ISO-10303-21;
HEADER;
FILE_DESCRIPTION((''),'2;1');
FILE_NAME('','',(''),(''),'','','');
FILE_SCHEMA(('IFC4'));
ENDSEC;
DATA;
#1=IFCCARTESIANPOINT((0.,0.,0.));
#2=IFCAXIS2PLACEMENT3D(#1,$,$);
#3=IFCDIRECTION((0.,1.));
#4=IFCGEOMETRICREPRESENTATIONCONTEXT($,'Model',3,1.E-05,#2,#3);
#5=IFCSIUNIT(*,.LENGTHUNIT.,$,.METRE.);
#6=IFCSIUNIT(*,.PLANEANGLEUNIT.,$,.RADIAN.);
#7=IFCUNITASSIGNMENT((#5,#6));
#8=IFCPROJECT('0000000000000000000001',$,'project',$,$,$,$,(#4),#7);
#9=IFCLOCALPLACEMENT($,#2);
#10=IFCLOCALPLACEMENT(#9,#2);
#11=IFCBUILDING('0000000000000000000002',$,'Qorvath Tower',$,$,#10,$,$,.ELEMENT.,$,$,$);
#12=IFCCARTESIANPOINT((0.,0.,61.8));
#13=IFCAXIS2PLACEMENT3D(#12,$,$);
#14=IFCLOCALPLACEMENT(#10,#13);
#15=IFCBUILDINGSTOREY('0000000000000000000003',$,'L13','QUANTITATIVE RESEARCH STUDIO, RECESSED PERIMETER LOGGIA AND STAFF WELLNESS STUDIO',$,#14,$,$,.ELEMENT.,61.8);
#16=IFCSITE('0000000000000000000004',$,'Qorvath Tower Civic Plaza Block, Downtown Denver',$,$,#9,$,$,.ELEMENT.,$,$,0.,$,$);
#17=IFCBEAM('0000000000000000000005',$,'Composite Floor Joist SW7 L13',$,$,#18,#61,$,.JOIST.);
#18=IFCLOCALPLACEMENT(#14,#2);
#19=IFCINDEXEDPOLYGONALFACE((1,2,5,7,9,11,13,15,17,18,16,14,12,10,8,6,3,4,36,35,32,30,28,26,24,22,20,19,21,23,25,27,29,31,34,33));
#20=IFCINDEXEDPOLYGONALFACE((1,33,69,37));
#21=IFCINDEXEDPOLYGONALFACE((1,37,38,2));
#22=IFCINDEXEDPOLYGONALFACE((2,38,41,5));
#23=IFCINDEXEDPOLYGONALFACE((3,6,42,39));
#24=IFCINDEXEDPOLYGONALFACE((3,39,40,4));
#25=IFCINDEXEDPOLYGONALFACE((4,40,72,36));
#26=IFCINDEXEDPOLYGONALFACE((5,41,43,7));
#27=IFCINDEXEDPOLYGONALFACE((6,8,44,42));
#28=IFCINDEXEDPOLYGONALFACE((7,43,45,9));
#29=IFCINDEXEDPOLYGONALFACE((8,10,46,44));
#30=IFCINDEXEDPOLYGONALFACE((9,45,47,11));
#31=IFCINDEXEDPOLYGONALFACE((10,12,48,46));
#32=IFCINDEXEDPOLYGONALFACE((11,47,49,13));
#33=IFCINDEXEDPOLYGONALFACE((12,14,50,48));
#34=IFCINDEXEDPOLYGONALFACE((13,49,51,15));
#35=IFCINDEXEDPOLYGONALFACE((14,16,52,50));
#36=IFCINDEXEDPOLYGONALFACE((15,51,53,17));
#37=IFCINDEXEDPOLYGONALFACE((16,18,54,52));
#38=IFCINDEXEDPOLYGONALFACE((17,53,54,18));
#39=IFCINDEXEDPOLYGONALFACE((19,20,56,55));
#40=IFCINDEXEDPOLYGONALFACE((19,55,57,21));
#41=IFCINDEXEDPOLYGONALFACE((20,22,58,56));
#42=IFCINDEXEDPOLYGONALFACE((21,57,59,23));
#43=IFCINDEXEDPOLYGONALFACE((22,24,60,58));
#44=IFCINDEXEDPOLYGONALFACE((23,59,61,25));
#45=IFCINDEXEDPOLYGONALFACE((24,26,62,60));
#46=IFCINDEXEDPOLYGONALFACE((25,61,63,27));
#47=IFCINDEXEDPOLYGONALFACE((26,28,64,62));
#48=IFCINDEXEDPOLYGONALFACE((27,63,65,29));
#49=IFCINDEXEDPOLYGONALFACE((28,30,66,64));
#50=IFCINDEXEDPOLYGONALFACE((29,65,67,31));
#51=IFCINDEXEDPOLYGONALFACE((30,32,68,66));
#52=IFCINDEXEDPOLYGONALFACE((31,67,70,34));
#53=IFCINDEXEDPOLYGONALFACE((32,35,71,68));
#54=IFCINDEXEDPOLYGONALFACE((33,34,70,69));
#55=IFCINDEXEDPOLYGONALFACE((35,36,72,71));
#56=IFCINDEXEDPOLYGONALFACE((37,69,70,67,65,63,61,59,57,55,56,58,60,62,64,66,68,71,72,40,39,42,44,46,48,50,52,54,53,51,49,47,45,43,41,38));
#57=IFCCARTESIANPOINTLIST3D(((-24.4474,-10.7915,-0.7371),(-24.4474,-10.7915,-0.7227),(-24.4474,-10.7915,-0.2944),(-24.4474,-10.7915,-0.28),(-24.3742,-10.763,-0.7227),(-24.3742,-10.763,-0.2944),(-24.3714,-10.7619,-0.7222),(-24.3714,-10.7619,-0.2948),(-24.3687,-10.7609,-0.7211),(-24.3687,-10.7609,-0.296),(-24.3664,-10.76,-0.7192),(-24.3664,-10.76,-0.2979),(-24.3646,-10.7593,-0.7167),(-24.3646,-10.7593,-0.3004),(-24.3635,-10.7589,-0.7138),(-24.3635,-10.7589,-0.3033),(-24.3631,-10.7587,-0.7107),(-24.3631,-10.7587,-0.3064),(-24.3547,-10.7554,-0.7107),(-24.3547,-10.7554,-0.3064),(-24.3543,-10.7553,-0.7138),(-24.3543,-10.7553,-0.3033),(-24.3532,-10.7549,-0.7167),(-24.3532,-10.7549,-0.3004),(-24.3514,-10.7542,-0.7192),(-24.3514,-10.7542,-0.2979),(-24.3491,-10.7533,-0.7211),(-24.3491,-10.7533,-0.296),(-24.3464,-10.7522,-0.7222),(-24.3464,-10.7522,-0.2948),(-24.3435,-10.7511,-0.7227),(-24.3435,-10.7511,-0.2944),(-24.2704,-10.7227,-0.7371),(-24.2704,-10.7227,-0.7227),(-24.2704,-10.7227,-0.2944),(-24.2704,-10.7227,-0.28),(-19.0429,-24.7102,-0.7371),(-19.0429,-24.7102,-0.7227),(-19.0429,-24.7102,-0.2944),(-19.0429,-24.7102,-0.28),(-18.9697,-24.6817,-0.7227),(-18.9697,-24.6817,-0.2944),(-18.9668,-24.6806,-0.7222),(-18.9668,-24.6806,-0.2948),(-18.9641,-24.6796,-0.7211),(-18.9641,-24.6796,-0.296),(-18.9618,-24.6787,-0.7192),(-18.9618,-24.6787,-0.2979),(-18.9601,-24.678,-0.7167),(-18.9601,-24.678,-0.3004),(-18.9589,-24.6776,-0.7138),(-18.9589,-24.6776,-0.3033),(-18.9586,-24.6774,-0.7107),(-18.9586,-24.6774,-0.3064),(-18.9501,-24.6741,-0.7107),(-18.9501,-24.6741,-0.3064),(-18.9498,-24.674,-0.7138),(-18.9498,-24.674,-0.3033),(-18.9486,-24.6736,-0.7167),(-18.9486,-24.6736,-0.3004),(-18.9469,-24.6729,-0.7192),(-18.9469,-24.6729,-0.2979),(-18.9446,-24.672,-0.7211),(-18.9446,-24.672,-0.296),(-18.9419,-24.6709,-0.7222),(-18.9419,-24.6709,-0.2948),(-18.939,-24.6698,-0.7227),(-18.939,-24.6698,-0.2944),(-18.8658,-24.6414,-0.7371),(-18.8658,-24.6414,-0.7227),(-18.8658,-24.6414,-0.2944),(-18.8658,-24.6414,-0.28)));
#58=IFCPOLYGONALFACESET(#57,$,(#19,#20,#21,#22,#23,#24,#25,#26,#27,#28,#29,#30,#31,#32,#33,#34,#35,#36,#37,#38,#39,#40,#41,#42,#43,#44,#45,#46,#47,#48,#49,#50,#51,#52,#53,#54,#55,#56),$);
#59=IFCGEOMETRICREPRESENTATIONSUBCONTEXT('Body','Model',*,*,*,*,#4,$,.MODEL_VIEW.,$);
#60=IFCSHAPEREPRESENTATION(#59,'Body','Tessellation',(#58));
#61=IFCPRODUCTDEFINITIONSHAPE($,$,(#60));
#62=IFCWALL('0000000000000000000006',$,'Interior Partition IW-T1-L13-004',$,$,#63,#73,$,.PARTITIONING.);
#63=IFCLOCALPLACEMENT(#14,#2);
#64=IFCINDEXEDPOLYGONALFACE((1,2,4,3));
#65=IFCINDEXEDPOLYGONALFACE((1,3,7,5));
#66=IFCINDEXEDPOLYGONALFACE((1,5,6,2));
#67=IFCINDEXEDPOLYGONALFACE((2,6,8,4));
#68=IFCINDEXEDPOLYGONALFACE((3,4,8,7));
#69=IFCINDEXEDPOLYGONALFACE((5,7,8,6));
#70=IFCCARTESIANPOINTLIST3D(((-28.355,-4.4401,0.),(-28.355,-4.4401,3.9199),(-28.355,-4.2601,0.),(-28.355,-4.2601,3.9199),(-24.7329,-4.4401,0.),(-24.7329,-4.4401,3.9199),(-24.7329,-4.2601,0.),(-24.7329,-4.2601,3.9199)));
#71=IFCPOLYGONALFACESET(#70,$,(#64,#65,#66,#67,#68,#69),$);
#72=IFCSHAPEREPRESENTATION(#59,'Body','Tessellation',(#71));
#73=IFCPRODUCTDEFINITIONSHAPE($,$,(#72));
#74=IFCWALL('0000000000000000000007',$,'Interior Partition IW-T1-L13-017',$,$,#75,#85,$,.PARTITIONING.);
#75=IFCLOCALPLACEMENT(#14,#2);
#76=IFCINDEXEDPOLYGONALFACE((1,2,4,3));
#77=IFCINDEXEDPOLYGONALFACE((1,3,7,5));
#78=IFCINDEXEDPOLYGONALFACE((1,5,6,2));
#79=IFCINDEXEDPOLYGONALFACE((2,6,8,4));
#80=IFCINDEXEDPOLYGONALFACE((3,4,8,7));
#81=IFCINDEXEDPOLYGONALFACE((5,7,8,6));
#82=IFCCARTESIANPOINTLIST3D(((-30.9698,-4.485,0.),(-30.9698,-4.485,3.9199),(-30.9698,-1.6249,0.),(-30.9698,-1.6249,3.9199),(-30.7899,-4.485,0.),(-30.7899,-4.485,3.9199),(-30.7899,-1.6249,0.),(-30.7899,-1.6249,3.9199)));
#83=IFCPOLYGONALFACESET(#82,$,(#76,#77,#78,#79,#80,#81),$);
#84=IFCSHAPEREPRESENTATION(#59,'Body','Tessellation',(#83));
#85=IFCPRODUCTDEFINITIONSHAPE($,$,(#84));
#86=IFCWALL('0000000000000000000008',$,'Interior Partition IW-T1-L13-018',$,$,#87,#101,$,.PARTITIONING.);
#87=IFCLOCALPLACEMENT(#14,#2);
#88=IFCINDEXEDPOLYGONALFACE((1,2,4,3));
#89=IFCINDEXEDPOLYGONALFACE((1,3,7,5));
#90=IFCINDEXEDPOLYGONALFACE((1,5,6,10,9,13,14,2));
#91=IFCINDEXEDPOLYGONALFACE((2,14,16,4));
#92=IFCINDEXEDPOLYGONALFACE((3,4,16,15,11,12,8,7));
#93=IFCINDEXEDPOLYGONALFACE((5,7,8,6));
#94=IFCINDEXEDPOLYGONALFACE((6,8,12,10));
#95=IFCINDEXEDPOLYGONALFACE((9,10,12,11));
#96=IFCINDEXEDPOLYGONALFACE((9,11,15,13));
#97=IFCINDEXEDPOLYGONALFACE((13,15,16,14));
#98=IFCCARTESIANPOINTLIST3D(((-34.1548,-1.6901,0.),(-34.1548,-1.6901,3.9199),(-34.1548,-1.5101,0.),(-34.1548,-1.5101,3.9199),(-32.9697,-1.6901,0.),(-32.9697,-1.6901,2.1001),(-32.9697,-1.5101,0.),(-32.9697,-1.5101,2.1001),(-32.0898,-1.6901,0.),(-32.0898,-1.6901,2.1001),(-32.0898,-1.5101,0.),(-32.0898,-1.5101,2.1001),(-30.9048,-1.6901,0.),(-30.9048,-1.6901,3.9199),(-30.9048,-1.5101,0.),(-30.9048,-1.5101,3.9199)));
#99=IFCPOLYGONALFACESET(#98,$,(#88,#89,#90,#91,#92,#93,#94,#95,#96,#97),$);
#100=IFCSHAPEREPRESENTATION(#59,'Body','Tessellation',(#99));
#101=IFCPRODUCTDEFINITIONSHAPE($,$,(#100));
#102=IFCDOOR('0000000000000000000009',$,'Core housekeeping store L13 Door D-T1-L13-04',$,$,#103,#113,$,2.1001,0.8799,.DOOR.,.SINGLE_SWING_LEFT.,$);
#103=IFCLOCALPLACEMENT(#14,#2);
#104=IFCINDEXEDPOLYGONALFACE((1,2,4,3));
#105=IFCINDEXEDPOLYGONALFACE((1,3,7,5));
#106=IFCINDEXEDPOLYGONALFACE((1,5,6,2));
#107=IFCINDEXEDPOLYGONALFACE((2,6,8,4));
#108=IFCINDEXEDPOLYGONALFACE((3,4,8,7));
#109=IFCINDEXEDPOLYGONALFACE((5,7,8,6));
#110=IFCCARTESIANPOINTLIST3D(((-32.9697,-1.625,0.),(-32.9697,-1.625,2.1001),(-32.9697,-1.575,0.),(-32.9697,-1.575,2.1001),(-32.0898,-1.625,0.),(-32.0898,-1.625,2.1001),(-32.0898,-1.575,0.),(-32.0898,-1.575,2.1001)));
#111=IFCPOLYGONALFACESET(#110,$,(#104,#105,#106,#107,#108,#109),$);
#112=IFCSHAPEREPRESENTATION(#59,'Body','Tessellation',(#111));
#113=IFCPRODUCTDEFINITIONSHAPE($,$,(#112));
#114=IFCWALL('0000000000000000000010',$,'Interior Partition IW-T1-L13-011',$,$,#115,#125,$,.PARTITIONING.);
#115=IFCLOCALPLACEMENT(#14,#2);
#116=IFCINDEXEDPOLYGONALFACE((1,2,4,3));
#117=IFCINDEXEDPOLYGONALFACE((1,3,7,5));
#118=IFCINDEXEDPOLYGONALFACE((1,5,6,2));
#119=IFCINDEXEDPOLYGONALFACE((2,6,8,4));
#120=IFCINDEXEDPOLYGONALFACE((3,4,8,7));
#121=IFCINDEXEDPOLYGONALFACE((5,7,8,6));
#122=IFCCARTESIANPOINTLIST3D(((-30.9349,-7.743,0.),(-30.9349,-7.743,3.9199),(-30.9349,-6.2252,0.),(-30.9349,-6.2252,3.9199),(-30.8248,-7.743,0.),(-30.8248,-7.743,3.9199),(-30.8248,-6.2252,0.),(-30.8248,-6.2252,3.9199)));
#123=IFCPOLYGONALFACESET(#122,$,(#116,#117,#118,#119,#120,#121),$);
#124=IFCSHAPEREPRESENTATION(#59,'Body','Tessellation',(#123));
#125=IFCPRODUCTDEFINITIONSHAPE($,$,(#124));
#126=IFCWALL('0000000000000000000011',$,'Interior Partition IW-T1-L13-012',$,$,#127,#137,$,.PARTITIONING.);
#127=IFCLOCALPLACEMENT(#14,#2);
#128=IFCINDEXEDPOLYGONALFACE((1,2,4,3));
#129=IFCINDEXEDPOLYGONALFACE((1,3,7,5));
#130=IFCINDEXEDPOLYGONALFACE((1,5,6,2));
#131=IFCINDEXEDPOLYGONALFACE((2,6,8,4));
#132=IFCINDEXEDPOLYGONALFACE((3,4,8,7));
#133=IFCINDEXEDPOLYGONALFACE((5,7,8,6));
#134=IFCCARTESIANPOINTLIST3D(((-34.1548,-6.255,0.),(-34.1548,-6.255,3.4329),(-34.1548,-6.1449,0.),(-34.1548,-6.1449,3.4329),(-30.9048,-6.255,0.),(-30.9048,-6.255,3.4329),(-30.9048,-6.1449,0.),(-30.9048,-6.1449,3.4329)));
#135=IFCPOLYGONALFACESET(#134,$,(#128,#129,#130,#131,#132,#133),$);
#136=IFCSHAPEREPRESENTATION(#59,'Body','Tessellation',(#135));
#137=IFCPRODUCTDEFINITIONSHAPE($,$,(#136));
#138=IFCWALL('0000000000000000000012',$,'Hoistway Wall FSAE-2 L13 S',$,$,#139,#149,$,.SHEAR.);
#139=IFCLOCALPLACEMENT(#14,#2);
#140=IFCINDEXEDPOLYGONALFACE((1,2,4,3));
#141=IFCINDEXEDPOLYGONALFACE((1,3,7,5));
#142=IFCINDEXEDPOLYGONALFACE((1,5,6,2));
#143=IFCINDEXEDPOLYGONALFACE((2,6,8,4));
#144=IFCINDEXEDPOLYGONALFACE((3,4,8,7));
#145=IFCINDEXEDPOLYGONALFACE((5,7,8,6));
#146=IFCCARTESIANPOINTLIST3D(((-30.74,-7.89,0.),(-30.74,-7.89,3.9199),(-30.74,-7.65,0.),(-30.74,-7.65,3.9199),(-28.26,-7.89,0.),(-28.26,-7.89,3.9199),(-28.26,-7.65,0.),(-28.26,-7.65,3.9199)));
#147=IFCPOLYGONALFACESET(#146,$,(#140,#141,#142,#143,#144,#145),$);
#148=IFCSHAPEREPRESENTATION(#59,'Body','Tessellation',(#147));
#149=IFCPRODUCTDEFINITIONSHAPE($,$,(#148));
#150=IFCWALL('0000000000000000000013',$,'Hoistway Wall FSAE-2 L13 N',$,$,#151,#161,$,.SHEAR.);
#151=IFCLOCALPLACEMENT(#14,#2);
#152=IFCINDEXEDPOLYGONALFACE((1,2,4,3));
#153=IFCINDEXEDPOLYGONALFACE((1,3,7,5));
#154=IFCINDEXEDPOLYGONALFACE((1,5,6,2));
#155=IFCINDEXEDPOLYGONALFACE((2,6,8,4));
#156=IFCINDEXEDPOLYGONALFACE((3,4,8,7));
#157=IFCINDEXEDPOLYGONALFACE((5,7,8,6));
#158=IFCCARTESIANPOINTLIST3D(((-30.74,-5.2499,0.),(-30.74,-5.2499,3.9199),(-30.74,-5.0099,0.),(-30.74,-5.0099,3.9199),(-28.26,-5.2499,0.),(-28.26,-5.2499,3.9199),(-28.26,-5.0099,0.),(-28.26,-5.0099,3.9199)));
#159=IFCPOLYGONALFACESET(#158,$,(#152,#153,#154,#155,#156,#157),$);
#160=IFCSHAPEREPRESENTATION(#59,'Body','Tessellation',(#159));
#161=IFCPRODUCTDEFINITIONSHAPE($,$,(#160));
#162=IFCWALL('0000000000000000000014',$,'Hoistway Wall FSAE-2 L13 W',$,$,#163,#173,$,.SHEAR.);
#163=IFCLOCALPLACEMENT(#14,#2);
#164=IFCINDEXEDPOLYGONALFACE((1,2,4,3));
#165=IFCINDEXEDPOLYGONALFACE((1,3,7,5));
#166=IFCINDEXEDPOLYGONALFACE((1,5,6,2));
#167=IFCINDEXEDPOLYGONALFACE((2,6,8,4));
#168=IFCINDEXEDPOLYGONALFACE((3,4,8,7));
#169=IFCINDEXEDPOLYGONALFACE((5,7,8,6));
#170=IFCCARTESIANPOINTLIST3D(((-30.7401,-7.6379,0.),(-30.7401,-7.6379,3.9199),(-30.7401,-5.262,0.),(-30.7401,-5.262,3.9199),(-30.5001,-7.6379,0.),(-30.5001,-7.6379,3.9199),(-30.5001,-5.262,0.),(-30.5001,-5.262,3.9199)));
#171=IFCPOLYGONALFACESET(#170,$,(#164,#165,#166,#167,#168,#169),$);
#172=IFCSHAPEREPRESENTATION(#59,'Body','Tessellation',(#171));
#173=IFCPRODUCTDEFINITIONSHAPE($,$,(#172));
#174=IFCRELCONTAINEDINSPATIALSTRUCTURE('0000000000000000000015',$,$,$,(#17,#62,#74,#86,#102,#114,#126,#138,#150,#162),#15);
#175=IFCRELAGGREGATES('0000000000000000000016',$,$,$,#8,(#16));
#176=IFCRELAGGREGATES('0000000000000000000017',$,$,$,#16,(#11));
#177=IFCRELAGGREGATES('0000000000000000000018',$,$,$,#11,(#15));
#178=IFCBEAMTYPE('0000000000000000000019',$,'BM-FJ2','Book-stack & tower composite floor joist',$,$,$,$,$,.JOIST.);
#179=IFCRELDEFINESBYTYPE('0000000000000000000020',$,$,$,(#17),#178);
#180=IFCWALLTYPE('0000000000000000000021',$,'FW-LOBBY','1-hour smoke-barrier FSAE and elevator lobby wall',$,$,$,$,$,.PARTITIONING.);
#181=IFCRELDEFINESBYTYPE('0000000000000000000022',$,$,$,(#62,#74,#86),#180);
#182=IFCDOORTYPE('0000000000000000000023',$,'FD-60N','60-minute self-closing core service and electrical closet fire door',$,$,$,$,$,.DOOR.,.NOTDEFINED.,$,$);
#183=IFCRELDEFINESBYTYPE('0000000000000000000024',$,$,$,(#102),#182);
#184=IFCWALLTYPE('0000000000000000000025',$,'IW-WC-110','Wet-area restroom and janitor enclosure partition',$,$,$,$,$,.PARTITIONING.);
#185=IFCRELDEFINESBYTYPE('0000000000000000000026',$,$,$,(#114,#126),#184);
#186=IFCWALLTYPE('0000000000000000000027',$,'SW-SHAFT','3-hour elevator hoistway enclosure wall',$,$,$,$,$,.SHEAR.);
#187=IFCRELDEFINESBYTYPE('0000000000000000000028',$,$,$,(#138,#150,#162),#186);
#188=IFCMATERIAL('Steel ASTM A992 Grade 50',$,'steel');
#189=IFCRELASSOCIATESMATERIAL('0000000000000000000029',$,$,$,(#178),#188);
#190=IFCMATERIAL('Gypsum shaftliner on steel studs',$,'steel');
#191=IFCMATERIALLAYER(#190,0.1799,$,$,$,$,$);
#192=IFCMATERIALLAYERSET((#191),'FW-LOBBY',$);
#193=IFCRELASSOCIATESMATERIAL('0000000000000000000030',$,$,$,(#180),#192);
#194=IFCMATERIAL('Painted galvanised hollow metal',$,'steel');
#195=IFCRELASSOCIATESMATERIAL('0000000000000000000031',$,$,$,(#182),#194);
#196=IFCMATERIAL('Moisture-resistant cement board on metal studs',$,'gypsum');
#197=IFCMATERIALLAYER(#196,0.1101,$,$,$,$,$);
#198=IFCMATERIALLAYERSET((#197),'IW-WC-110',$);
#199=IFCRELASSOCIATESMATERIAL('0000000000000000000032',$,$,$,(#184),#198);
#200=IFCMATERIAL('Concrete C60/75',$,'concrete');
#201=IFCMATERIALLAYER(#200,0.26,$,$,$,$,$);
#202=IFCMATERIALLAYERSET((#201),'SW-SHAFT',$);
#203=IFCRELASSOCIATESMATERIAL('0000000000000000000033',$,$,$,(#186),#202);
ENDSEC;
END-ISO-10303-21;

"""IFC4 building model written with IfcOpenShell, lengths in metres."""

from ifc_helpers import new_model, si_unit, direction, frame, frame_2d, origin, origin_2d, place, context, subcontext, project, spatial, rectangle, i_section, extrude, material, layer, layer_set, material_profile, profile_set, type_object, element, fill, save


model = new_model("IFC4")

# Units and contexts
model_context = context("Model", 3, precision=1e-05, world=origin(), true_north=direction((0.0, 1.0)))
body_context = subcontext(model_context, "Body", "Model", "MODEL_VIEW")
ifc_project = project(units=[si_unit("LENGTHUNIT", "METRE"), si_unit("PLANEANGLEUNIT", "RADIAN")], contexts=[model_context])

# Site, building, storey
site_placement = place(None, origin())
site = spatial("IfcSite", under=ifc_project, at=site_placement, Name="Qorvath Tower Civic Plaza Block, Downtown Denver", CompositionType="ELEMENT", RefElevation=0.0)
building_placement = place(site_placement, origin())
building = spatial("IfcBuilding", under=site, at=building_placement, Name="Qorvath Tower", CompositionType="ELEMENT")
storey_placement = place(building_placement, frame((0.0, 0.0, 61.8)))
storey = spatial("IfcBuildingStorey", under=building, at=storey_placement, Name="L13", Description="QUANTITATIVE RESEARCH STUDIO, RECESSED PERIMETER LOGGIA AND STAFF WELLNESS STUDIO", CompositionType="ELEMENT", Elevation=61.8)

# Beam
ifc_material_1 = material(Name="Steel ASTM A992 Grade 50", Category="steel")
ifc_material_profile_1 = material_profile(ifc_material_1, i_section(OverallWidth=0.1899, OverallDepth=0.457, WebThickness=0.009, FlangeThickness=0.0144, FilletRadius=0.012, at=origin_2d()), Name="W18x50")
ifc_profile_set_1 = profile_set([ifc_material_profile_1], Name="Steel ASTM A992 Grade 50")
beam_type_1 = type_object("IfcBeamType", Name="BM-FJ2", Description="Book-stack & tower composite floor joist", PredefinedType="JOIST", material=ifc_profile_set_1)
beam_1_placement = place(storey_placement, frame((-24.3589, -10.7571, -0.5085), z_axis=(0.361964, -0.932192, 0.0), x_axis=(0.932192, 0.361964, 0.0)))
element("IfcBeam", 1, at=beam_1_placement, inside=storey, type_object=beam_type_1, Name="Composite Floor Joist SW7 L13", PredefinedType="JOIST", context=body_context, shape_type="SweptSolid", body=[
    extrude(i_section(OverallWidth=0.1899, OverallDepth=0.457, WebThickness=0.009, FlangeThickness=0.0144, FilletRadius=0.012, at=origin_2d()), origin(), (0.0, 0.0, 1.0), 14.9312),
])

# Shared definitions
ifc_material_2 = material(Name="Gypsum shaftliner on steel studs", Category="steel")
ifc_layer_1 = layer(ifc_material_2, 0.1799)
ifc_layer_set_1 = layer_set([ifc_layer_1], Name="FW-LOBBY")
wall_type_1 = type_object("IfcWallType", Name="FW-LOBBY", Description="1-hour smoke-barrier FSAE and elevator lobby wall", PredefinedType="PARTITIONING", material=ifc_layer_set_1)

# Walls
wall_1_placement = place(storey_placement, frame((-24.7329, -4.3501, 0.0), z_axis=(0.0, 0.0, 1.0), x_axis=(-1.0, 0.0, 0.0)))
element("IfcWall", 2, at=wall_1_placement, inside=storey, type_object=wall_type_1, Name="Interior Partition IW-T1-L13-004", PredefinedType="PARTITIONING", context=body_context, shape_type="SweptSolid", body=[
    extrude(rectangle(XDim=3.6221, YDim=0.1799, at=frame_2d((1.811, 0.0))), origin(), (0.0, 0.0, 1.0), 3.9199),
])
wall_2_placement = place(storey_placement, frame((-30.8799, -4.4851, 0.0), z_axis=(0.0, 0.0, 1.0), x_axis=(0.0, 1.0, 0.0)))
element("IfcWall", 3, at=wall_2_placement, inside=storey, type_object=wall_type_1, Name="Interior Partition IW-T1-L13-017", PredefinedType="PARTITIONING", context=body_context, shape_type="SweptSolid", body=[
    extrude(rectangle(XDim=2.8601, YDim=0.1799, at=frame_2d((1.4302, 0.0))), origin(), (0.0, 0.0, 1.0), 3.9199),
])

# Wall, opening, door
wall_3_placement = place(storey_placement, frame((-30.9048, -1.6001, 0.0), z_axis=(0.0, 0.0, 1.0), x_axis=(-1.0, 0.0, 0.0)))
wall_3 = element("IfcWall", 4, at=wall_3_placement, inside=storey, type_object=wall_type_1, Name="Interior Partition IW-T1-L13-018", PredefinedType="PARTITIONING", context=body_context, shape_type="SweptSolid", body=[
    extrude(rectangle(XDim=3.25, YDim=0.1799, at=frame_2d((1.625, 0.0))), origin(), (0.0, 0.0, 1.0), 3.9199),
])
opening_1_placement = place(wall_3_placement, frame((1.1851, 0.0, 0.0)))
opening_1 = element("IfcOpeningElement", 5, at=opening_1_placement, cuts=wall_3, PredefinedType="OPENING", context=body_context, shape_type="SweptSolid", body=[
    extrude(rectangle(XDim=0.8799, YDim=2.1001, at=frame_2d((0.4399, 1.05))), frame((0.0, 0.1001, 0.0), z_axis=(0.0, -1.0, 0.0), x_axis=(1.0, 0.0, 0.0)), (0.0, 0.0, 1.0), 0.2),
])
ifc_material_3 = material(Name="Painted galvanised hollow metal", Category="steel")
door_type_1 = type_object("IfcDoorType", Name="FD-60N", Description="60-minute self-closing core service and electrical closet fire door", OperationType="NOTDEFINED", PredefinedType="DOOR", material=ifc_material_3)
door_1_placement = place(opening_1_placement, origin())
door_1 = element("IfcDoor", 6, at=door_1_placement, inside=storey, type_object=door_type_1, Name="Core housekeeping store L13 Door D-T1-L13-04", OperationType="SINGLE_SWING_LEFT", OverallHeight=2.1001, OverallWidth=0.8799, PredefinedType="DOOR", context=body_context, shape_type="SweptSolid", body=[
    extrude(rectangle(XDim=0.8799, YDim=2.1001, at=frame_2d((0.4399, 1.05))), frame((0.0, 0.0249, 0.0), z_axis=(0.0, -1.0, 0.0), x_axis=(1.0, 0.0, 0.0)), (0.0, 0.0, 1.0), 0.05),
])
fill(opening_1, door_1)

# Walls
ifc_material_4 = material(Name="Moisture-resistant cement board on metal studs", Category="gypsum")
ifc_layer_2 = layer(ifc_material_4, 0.1101)
ifc_layer_set_2 = layer_set([ifc_layer_2], Name="IW-WC-110")
wall_type_2 = type_object("IfcWallType", Name="IW-WC-110", Description="Wet-area restroom and janitor enclosure partition", PredefinedType="PARTITIONING", material=ifc_layer_set_2)
wall_4_placement = place(storey_placement, frame((-30.8799, -7.7429, 0.0), z_axis=(0.0, 0.0, 1.0), x_axis=(0.0, 1.0, 0.0)))
element("IfcWall", 7, at=wall_4_placement, inside=storey, type_object=wall_type_2, Name="Interior Partition IW-T1-L13-011", PredefinedType="PARTITIONING", context=body_context, shape_type="SweptSolid", body=[
    extrude(rectangle(XDim=1.5178, YDim=0.1101, at=frame_2d((0.7588, 0.0))), origin(), (0.0, 0.0, 1.0), 3.9199),
])
wall_5_placement = place(storey_placement, frame((-30.9048, -6.2, 0.0), z_axis=(0.0, 0.0, 1.0), x_axis=(-1.0, 0.0, 0.0)))
element("IfcWall", 8, at=wall_5_placement, inside=storey, type_object=wall_type_2, Name="Interior Partition IW-T1-L13-012", PredefinedType="PARTITIONING", context=body_context, shape_type="SweptSolid", body=[
    extrude(rectangle(XDim=3.25, YDim=0.1101, at=frame_2d((1.625, 0.0))), origin(), (0.0, 0.0, 1.0), 3.4329),
])
ifc_material_5 = material(Name="Concrete C60/75", Category="concrete")
ifc_layer_3 = layer(ifc_material_5, 0.26)
ifc_layer_set_3 = layer_set([ifc_layer_3], Name="SW-SHAFT")
wall_type_3 = type_object("IfcWallType", Name="SW-SHAFT", Description="3-hour elevator hoistway enclosure wall", PredefinedType="SHEAR", material=ifc_layer_set_3)
for number, where, z_axis, x_axis, name in (
    (9, (-28.26, -7.77, 0.0), (0.0, 0.0, 1.0), (-1.0, 0.0, 0.0), "Hoistway Wall FSAE-2 L13 S"),
    (10, (-30.74, -5.1299, 0.0), (0.0, 0.0, 1.0), (1.0, 0.0, 0.0), "Hoistway Wall FSAE-2 L13 N"),
):
    element("IfcWall", number, at=place(storey_placement, frame(where, z_axis=z_axis, x_axis=x_axis)), inside=storey, type_object=wall_type_3, Name=name, PredefinedType="SHEAR", context=body_context, shape_type="SweptSolid", body=[
        extrude(rectangle(XDim=2.48, YDim=0.24, at=frame_2d((1.24, 0.0))), origin(), (0.0, 0.0, 1.0), 3.9199),
    ])
wall_6_placement = place(storey_placement, frame((-30.6201, -7.6379, 0.0), z_axis=(0.0, 0.0, 1.0), x_axis=(0.0, 1.0, 0.0)))
element("IfcWall", 11, at=wall_6_placement, inside=storey, type_object=wall_type_3, Name="Hoistway Wall FSAE-2 L13 W", PredefinedType="SHEAR", context=body_context, shape_type="SweptSolid", body=[
    extrude(rectangle(XDim=2.376, YDim=0.24, at=frame_2d((1.188, 0.0))), origin(), (0.0, 0.0, 1.0), 3.9199),
])

save(model, "model.ifc")
